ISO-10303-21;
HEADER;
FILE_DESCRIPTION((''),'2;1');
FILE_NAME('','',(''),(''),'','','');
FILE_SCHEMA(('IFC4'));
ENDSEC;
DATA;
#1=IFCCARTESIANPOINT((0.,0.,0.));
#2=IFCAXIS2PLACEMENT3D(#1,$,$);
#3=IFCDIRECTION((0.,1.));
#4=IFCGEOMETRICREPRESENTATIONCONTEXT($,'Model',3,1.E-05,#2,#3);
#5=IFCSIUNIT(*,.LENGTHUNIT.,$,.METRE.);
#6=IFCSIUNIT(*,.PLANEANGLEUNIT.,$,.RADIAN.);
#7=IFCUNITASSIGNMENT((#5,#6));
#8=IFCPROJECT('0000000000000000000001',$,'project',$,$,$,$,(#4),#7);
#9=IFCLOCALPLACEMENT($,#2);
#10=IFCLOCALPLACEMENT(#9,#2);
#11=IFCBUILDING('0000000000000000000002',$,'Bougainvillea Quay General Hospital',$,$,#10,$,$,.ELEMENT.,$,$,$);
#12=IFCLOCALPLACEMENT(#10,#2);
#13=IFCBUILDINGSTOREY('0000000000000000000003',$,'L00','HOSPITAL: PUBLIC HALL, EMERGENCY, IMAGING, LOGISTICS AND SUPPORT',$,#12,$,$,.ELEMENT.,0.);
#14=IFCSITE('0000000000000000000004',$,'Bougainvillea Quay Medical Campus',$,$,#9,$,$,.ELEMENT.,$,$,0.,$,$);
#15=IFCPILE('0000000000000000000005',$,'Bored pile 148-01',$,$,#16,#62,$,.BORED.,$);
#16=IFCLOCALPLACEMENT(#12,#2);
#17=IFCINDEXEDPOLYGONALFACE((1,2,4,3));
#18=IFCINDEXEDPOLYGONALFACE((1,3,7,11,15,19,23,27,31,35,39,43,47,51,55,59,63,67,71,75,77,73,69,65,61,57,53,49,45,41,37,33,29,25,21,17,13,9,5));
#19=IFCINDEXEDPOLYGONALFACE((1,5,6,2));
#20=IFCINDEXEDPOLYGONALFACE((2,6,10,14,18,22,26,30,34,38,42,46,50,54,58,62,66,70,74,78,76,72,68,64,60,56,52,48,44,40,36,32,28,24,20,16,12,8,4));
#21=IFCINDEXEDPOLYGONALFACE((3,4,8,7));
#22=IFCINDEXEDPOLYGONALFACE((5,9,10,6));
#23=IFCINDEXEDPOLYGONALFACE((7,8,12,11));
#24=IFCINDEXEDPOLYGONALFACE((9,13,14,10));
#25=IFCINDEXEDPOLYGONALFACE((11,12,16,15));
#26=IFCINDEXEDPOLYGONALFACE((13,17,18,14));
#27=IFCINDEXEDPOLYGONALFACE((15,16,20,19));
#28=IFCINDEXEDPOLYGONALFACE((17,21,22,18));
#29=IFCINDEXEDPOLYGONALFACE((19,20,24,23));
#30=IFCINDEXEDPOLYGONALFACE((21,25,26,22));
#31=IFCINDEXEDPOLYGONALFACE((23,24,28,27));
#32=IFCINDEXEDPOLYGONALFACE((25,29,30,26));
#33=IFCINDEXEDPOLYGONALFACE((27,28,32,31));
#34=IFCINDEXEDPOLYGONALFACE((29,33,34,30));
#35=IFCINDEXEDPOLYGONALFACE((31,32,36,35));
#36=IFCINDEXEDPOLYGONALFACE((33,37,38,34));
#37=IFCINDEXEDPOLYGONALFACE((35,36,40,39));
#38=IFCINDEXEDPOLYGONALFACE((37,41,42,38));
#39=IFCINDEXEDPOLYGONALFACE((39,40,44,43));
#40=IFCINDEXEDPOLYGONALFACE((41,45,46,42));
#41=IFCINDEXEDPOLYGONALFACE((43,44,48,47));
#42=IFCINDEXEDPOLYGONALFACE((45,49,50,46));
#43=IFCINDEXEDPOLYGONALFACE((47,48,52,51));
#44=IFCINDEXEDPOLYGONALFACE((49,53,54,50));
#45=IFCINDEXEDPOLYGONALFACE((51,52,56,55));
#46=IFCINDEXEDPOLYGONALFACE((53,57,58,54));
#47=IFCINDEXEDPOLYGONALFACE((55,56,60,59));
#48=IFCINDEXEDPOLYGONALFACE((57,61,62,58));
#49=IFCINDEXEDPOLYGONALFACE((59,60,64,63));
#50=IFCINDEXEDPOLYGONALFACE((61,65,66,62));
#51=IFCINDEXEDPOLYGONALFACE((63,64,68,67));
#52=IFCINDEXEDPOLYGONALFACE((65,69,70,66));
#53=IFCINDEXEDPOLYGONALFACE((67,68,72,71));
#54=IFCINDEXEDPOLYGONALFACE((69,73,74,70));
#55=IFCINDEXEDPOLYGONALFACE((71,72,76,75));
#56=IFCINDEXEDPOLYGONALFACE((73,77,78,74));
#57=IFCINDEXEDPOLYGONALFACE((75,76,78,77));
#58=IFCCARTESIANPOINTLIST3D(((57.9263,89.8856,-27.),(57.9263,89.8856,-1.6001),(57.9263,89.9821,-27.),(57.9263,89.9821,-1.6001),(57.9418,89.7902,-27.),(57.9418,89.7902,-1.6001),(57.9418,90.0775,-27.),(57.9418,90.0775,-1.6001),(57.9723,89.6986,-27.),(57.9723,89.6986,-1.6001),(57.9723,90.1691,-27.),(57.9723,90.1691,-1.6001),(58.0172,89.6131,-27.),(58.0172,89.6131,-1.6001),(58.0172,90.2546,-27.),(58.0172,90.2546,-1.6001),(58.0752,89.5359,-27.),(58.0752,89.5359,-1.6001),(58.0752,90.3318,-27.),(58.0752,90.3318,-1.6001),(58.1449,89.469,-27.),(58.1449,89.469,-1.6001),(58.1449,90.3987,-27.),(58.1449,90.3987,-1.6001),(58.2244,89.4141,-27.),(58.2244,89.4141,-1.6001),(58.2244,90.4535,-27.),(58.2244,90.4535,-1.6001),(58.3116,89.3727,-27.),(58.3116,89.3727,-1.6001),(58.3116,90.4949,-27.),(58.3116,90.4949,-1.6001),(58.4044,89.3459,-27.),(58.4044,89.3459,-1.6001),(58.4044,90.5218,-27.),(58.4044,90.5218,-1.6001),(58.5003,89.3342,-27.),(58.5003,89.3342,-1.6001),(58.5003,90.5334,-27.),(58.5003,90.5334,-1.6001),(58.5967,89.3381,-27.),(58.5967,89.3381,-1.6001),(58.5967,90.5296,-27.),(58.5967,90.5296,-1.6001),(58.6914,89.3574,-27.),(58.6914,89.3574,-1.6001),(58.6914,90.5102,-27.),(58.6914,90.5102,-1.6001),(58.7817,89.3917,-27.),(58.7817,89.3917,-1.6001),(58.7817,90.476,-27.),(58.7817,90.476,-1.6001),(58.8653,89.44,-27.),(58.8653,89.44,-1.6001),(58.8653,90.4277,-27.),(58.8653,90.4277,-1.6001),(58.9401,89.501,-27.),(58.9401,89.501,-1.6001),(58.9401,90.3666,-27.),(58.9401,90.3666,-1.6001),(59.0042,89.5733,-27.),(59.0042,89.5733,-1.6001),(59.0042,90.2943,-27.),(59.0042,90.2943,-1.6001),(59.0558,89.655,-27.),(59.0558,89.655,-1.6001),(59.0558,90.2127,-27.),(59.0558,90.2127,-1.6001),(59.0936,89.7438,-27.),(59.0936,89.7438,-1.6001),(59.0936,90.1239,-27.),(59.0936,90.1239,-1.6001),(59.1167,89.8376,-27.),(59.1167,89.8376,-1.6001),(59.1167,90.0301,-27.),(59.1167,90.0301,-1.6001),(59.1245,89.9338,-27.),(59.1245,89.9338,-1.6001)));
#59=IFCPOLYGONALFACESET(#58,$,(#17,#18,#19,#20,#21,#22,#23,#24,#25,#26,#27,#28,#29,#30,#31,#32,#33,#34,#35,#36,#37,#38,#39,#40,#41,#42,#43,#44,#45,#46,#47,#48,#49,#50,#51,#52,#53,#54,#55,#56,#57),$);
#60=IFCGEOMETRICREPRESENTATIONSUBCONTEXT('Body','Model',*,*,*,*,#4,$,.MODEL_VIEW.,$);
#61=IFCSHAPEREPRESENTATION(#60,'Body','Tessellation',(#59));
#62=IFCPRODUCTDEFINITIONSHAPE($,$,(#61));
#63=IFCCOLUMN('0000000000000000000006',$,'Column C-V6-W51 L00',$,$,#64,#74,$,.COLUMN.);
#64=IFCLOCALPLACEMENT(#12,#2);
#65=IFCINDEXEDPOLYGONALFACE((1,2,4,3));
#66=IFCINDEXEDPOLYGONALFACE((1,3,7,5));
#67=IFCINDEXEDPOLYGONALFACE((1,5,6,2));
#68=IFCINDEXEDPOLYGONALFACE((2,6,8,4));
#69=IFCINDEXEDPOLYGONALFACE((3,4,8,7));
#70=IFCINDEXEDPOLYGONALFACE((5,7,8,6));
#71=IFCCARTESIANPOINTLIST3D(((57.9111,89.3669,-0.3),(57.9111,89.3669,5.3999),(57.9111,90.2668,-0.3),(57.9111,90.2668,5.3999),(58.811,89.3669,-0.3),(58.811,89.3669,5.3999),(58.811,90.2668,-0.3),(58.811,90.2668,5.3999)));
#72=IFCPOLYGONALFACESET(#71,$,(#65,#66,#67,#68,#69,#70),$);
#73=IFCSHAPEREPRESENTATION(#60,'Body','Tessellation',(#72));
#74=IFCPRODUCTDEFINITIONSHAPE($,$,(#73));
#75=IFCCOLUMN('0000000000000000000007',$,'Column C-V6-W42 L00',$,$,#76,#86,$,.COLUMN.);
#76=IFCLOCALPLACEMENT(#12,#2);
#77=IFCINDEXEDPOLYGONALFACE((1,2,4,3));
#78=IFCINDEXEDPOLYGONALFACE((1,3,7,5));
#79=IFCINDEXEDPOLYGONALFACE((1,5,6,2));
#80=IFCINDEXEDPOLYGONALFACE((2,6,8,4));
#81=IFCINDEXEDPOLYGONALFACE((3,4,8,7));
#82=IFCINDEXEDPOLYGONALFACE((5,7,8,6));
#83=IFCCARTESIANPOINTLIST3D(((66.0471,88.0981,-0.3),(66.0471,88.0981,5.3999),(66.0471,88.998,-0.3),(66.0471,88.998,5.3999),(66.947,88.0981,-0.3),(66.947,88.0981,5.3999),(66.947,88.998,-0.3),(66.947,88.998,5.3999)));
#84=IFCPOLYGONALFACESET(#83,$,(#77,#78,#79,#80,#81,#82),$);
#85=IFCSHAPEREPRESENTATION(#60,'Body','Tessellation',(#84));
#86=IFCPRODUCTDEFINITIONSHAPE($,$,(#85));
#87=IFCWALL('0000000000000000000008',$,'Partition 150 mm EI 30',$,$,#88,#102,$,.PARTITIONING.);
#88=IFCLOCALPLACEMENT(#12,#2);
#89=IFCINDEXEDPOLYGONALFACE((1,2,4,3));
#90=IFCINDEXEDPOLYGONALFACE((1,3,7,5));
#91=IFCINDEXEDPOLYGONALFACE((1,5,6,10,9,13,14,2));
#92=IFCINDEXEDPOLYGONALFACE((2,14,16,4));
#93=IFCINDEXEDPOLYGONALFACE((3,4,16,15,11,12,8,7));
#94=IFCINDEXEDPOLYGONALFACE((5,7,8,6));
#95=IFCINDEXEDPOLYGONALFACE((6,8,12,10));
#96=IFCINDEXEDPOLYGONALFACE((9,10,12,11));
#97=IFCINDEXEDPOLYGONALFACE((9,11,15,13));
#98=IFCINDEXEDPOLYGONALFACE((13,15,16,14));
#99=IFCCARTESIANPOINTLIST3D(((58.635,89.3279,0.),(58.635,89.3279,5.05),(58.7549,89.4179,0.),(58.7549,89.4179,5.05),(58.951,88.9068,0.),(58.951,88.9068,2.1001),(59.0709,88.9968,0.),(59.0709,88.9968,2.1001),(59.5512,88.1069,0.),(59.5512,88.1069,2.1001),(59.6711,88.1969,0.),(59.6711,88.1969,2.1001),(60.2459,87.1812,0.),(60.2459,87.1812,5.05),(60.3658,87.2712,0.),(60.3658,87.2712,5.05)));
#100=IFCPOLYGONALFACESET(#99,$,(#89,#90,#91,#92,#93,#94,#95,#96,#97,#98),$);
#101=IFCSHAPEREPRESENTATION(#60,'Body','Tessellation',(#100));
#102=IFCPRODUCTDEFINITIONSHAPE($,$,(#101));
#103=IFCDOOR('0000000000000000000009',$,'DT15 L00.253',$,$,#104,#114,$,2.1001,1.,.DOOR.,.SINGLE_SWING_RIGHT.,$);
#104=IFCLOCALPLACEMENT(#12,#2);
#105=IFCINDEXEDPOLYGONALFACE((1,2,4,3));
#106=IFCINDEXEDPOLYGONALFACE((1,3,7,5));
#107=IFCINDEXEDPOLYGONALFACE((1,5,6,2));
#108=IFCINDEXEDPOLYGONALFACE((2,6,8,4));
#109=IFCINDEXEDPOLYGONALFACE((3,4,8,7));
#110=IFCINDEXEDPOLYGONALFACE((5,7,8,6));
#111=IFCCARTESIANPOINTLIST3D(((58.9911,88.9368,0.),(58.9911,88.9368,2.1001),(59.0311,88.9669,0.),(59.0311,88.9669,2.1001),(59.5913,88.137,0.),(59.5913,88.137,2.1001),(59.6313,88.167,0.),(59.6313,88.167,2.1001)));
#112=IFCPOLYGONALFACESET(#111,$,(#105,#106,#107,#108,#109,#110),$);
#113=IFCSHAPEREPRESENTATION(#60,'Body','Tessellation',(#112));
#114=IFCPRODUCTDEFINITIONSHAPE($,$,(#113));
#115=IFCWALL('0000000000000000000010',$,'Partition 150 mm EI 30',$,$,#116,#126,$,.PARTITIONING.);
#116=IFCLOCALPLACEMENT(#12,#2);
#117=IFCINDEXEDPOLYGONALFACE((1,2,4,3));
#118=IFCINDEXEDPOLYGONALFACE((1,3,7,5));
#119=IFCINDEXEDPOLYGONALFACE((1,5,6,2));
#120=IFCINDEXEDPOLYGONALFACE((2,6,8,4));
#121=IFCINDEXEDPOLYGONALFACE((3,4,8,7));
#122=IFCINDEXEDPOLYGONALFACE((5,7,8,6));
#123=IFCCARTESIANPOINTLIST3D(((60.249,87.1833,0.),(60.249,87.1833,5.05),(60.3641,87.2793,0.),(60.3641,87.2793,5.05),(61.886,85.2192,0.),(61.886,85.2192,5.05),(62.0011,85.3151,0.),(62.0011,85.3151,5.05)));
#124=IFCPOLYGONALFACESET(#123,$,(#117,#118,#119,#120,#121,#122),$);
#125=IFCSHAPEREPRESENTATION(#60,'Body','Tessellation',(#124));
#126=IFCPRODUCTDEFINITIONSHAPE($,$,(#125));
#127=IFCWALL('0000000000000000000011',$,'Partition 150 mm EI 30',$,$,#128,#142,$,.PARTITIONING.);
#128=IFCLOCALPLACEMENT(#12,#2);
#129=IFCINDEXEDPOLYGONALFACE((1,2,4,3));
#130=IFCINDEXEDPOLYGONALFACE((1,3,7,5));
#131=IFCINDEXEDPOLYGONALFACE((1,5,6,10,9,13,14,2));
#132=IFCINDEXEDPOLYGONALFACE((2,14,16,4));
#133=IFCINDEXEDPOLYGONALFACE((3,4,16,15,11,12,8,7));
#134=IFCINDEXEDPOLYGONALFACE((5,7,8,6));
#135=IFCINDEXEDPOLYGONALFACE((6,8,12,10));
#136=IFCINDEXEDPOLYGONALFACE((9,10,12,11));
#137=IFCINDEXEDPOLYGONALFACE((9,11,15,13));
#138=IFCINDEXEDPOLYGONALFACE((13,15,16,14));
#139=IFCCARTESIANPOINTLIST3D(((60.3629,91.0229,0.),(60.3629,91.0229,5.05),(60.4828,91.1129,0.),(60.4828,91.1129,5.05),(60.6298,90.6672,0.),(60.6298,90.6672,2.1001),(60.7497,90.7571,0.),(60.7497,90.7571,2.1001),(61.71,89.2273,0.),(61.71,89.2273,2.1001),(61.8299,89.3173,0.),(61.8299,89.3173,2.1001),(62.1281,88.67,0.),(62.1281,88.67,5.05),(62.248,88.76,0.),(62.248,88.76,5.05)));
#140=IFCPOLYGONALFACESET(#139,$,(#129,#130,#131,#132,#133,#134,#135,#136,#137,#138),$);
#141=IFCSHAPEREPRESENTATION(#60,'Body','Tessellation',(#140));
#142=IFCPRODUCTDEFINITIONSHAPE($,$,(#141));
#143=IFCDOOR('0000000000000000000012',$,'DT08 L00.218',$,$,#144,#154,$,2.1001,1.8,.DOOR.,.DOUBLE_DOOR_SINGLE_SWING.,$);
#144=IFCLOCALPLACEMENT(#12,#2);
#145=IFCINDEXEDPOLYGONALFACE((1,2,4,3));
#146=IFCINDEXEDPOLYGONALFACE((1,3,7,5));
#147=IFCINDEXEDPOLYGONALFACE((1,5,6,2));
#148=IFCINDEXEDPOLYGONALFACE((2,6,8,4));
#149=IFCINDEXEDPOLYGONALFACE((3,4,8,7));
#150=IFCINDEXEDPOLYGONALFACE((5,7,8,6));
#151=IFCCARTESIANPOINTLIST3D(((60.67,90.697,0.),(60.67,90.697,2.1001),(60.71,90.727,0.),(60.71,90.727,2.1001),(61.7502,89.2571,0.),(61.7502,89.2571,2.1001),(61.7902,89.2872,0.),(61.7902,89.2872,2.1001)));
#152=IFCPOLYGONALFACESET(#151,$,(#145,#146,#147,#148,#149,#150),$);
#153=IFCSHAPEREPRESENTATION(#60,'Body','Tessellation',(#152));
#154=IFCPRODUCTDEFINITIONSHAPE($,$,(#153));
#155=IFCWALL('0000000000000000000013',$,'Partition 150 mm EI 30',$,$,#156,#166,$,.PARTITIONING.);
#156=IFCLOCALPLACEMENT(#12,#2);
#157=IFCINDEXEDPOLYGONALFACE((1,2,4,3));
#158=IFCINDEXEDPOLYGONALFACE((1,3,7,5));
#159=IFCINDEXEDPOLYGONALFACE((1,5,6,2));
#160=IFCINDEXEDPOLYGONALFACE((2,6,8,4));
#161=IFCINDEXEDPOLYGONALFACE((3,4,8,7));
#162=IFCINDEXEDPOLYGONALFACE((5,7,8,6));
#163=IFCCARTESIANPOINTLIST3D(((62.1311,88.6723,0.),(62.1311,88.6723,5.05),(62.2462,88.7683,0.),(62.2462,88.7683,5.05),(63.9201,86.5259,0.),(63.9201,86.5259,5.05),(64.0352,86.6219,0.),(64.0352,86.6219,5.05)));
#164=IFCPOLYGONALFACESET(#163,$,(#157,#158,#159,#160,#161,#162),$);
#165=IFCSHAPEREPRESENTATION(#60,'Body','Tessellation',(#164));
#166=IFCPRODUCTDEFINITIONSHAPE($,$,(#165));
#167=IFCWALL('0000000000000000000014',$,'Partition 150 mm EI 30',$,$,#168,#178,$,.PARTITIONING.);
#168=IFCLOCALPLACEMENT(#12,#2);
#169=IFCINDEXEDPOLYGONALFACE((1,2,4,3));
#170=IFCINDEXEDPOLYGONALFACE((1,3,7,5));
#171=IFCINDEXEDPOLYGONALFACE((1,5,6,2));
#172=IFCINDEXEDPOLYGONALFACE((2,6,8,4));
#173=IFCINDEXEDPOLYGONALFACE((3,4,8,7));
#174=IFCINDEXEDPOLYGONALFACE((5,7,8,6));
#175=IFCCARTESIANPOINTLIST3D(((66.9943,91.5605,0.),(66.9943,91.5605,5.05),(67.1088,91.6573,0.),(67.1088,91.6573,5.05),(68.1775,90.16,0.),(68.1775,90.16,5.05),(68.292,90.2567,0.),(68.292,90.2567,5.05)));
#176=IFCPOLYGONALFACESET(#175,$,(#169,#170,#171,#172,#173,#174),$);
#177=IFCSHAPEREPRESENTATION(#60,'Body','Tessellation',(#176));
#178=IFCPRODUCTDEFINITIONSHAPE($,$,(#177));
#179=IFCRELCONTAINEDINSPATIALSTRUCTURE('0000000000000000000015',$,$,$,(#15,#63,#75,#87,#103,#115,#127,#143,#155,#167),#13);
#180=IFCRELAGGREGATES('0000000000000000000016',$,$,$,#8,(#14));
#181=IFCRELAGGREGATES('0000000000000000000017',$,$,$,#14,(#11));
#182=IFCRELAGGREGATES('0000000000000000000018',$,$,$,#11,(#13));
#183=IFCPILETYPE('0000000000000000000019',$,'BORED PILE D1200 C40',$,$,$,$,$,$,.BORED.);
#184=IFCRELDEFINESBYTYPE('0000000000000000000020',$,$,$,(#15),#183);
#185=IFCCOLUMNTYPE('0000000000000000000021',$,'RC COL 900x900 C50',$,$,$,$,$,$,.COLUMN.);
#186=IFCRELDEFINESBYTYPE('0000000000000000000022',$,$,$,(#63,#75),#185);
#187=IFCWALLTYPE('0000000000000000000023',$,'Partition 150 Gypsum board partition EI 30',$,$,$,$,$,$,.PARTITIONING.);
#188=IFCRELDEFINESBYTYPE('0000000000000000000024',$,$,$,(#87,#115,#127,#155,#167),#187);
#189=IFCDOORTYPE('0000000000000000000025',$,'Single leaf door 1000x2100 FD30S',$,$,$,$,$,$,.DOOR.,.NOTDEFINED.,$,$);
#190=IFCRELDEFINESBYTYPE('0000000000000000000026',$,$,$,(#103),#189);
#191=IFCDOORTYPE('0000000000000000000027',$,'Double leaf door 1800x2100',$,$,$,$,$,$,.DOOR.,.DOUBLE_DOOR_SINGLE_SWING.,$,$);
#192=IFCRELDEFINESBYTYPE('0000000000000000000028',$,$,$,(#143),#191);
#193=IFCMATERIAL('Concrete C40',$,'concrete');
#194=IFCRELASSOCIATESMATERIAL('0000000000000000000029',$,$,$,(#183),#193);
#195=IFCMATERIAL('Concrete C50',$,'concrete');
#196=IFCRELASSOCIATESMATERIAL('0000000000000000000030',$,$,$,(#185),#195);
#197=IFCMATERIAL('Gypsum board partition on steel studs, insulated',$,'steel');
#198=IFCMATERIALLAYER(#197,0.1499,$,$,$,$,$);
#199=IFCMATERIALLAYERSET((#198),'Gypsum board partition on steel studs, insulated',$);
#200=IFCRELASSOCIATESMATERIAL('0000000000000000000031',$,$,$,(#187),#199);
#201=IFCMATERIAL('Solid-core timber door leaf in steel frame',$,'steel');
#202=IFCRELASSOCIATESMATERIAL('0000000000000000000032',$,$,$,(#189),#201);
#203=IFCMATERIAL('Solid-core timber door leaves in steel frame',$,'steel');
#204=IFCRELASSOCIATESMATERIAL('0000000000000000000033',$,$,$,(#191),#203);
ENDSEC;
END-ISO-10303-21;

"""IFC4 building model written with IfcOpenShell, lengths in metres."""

from ifc_helpers import new_model, si_unit, direction, frame, frame_2d, origin, origin_2d, place, context, subcontext, project, spatial, rectangle, circle, extrude, material, layer, layer_set, material_profile, profile_set, type_object, element, fill, save


model = new_model("IFC4")

# Units and contexts
model_context = context("Model", 3, precision=1e-05, world=origin(), true_north=direction((0.0, 1.0)))
body_context = subcontext(model_context, "Body", "Model", "MODEL_VIEW")
ifc_project = project(units=[si_unit("LENGTHUNIT", "METRE"), si_unit("PLANEANGLEUNIT", "RADIAN")], contexts=[model_context])

# Site, building, storey
site_placement = place(None, origin())
site = spatial("IfcSite", under=ifc_project, at=site_placement, Name="Bougainvillea Quay Medical Campus", CompositionType="ELEMENT", RefElevation=0.0)
building_placement = place(site_placement, origin())
building = spatial("IfcBuilding", under=site, at=building_placement, Name="Bougainvillea Quay General Hospital", CompositionType="ELEMENT")
storey_placement = place(building_placement, origin())
storey = spatial("IfcBuildingStorey", under=building, at=storey_placement, Name="L00", Description="HOSPITAL: PUBLIC HALL, EMERGENCY, IMAGING, LOGISTICS AND SUPPORT", CompositionType="ELEMENT", Elevation=0.0)

# Pile
ifc_material_1 = material(Name="Concrete C40", Category="concrete")
ifc_material_profile_1 = material_profile(ifc_material_1, circle(Radius=0.6001, at=origin_2d()))
ifc_profile_set_1 = profile_set([ifc_material_profile_1], Name="Concrete C40")
pile_type = type_object("IfcPileType", Name="BORED PILE D1200 C40", PredefinedType="BORED", material=ifc_profile_set_1)
pile_placement = place(storey_placement, frame((58.5244, 89.9338, -1.6001), z_axis=(0.0, 0.0, -1.0), x_axis=(1.0, 0.0, 0.0)))
element("IfcPile", 1, at=pile_placement, inside=storey, type_object=pile_type, Name="Bored pile 148-01", PredefinedType="BORED", context=body_context, shape_type="SweptSolid", body=[
    extrude(circle(Radius=0.6001, at=origin_2d()), origin(), (0.0, 0.0, 1.0), 25.3999),
])

# Columns
ifc_material_2 = material(Name="Concrete C50", Category="concrete")
ifc_material_profile_2 = material_profile(ifc_material_2, rectangle(XDim=0.8999, YDim=0.8999, at=origin_2d()))
ifc_profile_set_2 = profile_set([ifc_material_profile_2], Name="Concrete C50")
column_type = type_object("IfcColumnType", Name="RC COL 900x900 C50", PredefinedType="COLUMN", material=ifc_profile_set_2)
for number, where, z_axis, x_axis, name in (
    (2, (58.3611, 89.8169, -0.3), (0.0, 0.0, 1.0), (1.0, 0.0, 0.0), "Column C-V6-W51 L00"),
    (3, (66.4971, 88.5481, -0.3), (0.0, 0.0, 1.0), (1.0, 0.0, 0.0), "Column C-V6-W42 L00"),
):
    element("IfcColumn", number, at=place(storey_placement, frame(where, z_axis=z_axis, x_axis=x_axis)), inside=storey, type_object=column_type, Name=name, PredefinedType="COLUMN", context=body_context, shape_type="SweptSolid", body=[
        extrude(rectangle(XDim=0.8999, YDim=0.8999, at=origin_2d()), origin(), (0.0, 0.0, 1.0), 5.7),
    ])

# Wall, opening, door
ifc_material_3 = material(Name="Gypsum board partition on steel studs, insulated", Category="steel")
ifc_layer_1 = layer(ifc_material_3, 0.1499)
ifc_layer_set_1 = layer_set([ifc_layer_1], Name="Gypsum board partition on steel studs, insulated")
wall_type_1 = type_object("IfcWallType", Name="Partition 150 Gypsum board partition EI 30", PredefinedType="PARTITIONING", material=ifc_layer_set_1)
wall_1_placement = place(storey_placement, frame((58.6951, 89.3728, 0.0), z_axis=(0.0, 0.0, 1.0), x_axis=(0.600189, -0.799858, 0.0)))
wall_1 = element("IfcWall", 4, at=wall_1_placement, inside=storey, type_object=wall_type_1, Name="Partition 150 mm EI 30", PredefinedType="PARTITIONING", context=body_context, shape_type="SweptSolid", body=[
    extrude(rectangle(XDim=2.6838, YDim=0.1499, at=frame_2d((1.3418, 0.0))), origin(), (0.0, 0.0, 1.0), 5.05),
])
opening_1_placement = place(wall_1_placement, frame((0.5264, 0.0, 0.0)))
opening_1 = element("IfcOpeningElement", 5, at=opening_1_placement, cuts=wall_1, PredefinedType="OPENING", context=body_context, shape_type="SweptSolid", body=[
    extrude(rectangle(XDim=1.0, YDim=2.1001, at=frame_2d((0.5, 1.05))), frame((0.0, 0.085, 0.0), z_axis=(0.0, -1.0, 0.0), x_axis=(1.0, 0.0, 0.0)), (0.0, 0.0, 1.0), 0.1699),
])
ifc_material_4 = material(Name="Solid-core timber door leaf in steel frame", Category="steel")
door_type_1 = type_object("IfcDoorType", Name="Single leaf door 1000x2100 FD30S", OperationType="NOTDEFINED", PredefinedType="DOOR", material=ifc_material_4)
door_1_placement = place(opening_1_placement, frame((1.0, 0.0, 0.0), z_axis=(0.0, 0.0, 1.0), x_axis=(-1.0, 0.0, 0.0)))
door_1 = element("IfcDoor", 6, at=door_1_placement, inside=storey, type_object=door_type_1, Name="DT15 L00.253", OperationType="SINGLE_SWING_RIGHT", OverallHeight=2.1001, OverallWidth=1.0, PredefinedType="DOOR", context=body_context, shape_type="SweptSolid", body=[
    extrude(rectangle(XDim=1.0, YDim=2.1001, at=frame_2d((0.5, 1.05))), frame((0.0, 0.0249, 0.0), z_axis=(0.0, -1.0, 0.0), x_axis=(1.0, 0.0, 0.0)), (0.0, 0.0, 1.0), 0.05),
])
fill(opening_1, door_1)

# Wall
wall_2_placement = place(storey_placement, frame((60.3066, 87.2312, 0.0), z_axis=(0.0, 0.0, 1.0), x_axis=(0.640231, -0.768182, 0.0)))
element("IfcWall", 7, at=wall_2_placement, inside=storey, type_object=wall_type_1, Name="Partition 150 mm EI 30", PredefinedType="PARTITIONING", context=body_context, shape_type="SweptSolid", body=[
    extrude(rectangle(XDim=2.5569, YDim=0.1499, at=frame_2d((1.2783, 0.0))), origin(), (0.0, 0.0, 1.0), 5.05),
])

# Wall, opening, door
wall_3_placement = place(storey_placement, frame((60.4229, 91.0679, 0.0), z_axis=(0.0, 0.0, 1.0), x_axis=(0.60012, -0.79991, 0.0)))
wall_3 = element("IfcWall", 8, at=wall_3_placement, inside=storey, type_object=wall_type_1, Name="Partition 150 mm EI 30", PredefinedType="PARTITIONING", context=body_context, shape_type="SweptSolid", body=[
    extrude(rectangle(XDim=2.9414, YDim=0.1499, at=frame_2d((1.4707, 0.0))), origin(), (0.0, 0.0, 1.0), 5.05),
])
opening_2_placement = place(wall_3_placement, frame((0.4448, 0.0, 0.0)))
opening_2 = element("IfcOpeningElement", 9, at=opening_2_placement, cuts=wall_3, PredefinedType="OPENING", context=body_context, shape_type="SweptSolid", body=[
    extrude(rectangle(XDim=1.8, YDim=2.1001, at=frame_2d((0.8999, 1.05))), frame((0.0, 0.085, 0.0), z_axis=(0.0, -1.0, 0.0), x_axis=(1.0, 0.0, 0.0)), (0.0, 0.0, 1.0), 0.1699),
])
ifc_material_5 = material(Name="Solid-core timber door leaves in steel frame", Category="steel")
door_type_2 = type_object("IfcDoorType", Name="Double leaf door 1800x2100", OperationType="DOUBLE_DOOR_SINGLE_SWING", PredefinedType="DOOR", material=ifc_material_5)
door_2_placement = place(opening_2_placement, frame((1.8, 0.0, 0.0), z_axis=(0.0, 0.0, 1.0), x_axis=(-1.0, 0.0, 0.0)))
door_2 = element("IfcDoor", 10, at=door_2_placement, inside=storey, type_object=door_type_2, Name="DT08 L00.218", OperationType="DOUBLE_DOOR_SINGLE_SWING", OverallHeight=2.1001, OverallWidth=1.8, PredefinedType="DOOR", context=body_context, shape_type="SweptSolid", body=[
    extrude(rectangle(XDim=1.8, YDim=2.1001, at=frame_2d((0.8999, 1.05))), frame((0.0, 0.0249, 0.0), z_axis=(0.0, -1.0, 0.0), x_axis=(1.0, 0.0, 0.0)), (0.0, 0.0, 1.0), 0.05),
])
fill(opening_2, door_2)

# Walls
wall_4_placement = place(storey_placement, frame((62.1887, 88.7202, 0.0), z_axis=(0.0, 0.0, 1.0), x_axis=(0.640253, -0.768164, 0.0)))
element("IfcWall", 11, at=wall_4_placement, inside=storey, type_object=wall_type_1, Name="Partition 150 mm EI 30", PredefinedType="PARTITIONING", context=body_context, shape_type="SweptSolid", body=[
    extrude(rectangle(XDim=2.7942, YDim=0.1499, at=frame_2d((1.397, 0.0))), origin(), (0.0, 0.0, 1.0), 5.05),
])
wall_5_placement = place(storey_placement, frame((67.0515, 91.6089, 0.0), z_axis=(0.0, 0.0, 1.0), x_axis=(0.645369, -0.763871, 0.0)))
element("IfcWall", 12, at=wall_5_placement, inside=storey, type_object=wall_type_1, Name="Partition 150 mm EI 30", PredefinedType="PARTITIONING", context=body_context, shape_type="SweptSolid", body=[
    extrude(rectangle(XDim=1.8335, YDim=0.1499, at=frame_2d((0.9167, 0.0))), origin(), (0.0, 0.0, 1.0), 5.05),
])

save(model, "model.ifc")
